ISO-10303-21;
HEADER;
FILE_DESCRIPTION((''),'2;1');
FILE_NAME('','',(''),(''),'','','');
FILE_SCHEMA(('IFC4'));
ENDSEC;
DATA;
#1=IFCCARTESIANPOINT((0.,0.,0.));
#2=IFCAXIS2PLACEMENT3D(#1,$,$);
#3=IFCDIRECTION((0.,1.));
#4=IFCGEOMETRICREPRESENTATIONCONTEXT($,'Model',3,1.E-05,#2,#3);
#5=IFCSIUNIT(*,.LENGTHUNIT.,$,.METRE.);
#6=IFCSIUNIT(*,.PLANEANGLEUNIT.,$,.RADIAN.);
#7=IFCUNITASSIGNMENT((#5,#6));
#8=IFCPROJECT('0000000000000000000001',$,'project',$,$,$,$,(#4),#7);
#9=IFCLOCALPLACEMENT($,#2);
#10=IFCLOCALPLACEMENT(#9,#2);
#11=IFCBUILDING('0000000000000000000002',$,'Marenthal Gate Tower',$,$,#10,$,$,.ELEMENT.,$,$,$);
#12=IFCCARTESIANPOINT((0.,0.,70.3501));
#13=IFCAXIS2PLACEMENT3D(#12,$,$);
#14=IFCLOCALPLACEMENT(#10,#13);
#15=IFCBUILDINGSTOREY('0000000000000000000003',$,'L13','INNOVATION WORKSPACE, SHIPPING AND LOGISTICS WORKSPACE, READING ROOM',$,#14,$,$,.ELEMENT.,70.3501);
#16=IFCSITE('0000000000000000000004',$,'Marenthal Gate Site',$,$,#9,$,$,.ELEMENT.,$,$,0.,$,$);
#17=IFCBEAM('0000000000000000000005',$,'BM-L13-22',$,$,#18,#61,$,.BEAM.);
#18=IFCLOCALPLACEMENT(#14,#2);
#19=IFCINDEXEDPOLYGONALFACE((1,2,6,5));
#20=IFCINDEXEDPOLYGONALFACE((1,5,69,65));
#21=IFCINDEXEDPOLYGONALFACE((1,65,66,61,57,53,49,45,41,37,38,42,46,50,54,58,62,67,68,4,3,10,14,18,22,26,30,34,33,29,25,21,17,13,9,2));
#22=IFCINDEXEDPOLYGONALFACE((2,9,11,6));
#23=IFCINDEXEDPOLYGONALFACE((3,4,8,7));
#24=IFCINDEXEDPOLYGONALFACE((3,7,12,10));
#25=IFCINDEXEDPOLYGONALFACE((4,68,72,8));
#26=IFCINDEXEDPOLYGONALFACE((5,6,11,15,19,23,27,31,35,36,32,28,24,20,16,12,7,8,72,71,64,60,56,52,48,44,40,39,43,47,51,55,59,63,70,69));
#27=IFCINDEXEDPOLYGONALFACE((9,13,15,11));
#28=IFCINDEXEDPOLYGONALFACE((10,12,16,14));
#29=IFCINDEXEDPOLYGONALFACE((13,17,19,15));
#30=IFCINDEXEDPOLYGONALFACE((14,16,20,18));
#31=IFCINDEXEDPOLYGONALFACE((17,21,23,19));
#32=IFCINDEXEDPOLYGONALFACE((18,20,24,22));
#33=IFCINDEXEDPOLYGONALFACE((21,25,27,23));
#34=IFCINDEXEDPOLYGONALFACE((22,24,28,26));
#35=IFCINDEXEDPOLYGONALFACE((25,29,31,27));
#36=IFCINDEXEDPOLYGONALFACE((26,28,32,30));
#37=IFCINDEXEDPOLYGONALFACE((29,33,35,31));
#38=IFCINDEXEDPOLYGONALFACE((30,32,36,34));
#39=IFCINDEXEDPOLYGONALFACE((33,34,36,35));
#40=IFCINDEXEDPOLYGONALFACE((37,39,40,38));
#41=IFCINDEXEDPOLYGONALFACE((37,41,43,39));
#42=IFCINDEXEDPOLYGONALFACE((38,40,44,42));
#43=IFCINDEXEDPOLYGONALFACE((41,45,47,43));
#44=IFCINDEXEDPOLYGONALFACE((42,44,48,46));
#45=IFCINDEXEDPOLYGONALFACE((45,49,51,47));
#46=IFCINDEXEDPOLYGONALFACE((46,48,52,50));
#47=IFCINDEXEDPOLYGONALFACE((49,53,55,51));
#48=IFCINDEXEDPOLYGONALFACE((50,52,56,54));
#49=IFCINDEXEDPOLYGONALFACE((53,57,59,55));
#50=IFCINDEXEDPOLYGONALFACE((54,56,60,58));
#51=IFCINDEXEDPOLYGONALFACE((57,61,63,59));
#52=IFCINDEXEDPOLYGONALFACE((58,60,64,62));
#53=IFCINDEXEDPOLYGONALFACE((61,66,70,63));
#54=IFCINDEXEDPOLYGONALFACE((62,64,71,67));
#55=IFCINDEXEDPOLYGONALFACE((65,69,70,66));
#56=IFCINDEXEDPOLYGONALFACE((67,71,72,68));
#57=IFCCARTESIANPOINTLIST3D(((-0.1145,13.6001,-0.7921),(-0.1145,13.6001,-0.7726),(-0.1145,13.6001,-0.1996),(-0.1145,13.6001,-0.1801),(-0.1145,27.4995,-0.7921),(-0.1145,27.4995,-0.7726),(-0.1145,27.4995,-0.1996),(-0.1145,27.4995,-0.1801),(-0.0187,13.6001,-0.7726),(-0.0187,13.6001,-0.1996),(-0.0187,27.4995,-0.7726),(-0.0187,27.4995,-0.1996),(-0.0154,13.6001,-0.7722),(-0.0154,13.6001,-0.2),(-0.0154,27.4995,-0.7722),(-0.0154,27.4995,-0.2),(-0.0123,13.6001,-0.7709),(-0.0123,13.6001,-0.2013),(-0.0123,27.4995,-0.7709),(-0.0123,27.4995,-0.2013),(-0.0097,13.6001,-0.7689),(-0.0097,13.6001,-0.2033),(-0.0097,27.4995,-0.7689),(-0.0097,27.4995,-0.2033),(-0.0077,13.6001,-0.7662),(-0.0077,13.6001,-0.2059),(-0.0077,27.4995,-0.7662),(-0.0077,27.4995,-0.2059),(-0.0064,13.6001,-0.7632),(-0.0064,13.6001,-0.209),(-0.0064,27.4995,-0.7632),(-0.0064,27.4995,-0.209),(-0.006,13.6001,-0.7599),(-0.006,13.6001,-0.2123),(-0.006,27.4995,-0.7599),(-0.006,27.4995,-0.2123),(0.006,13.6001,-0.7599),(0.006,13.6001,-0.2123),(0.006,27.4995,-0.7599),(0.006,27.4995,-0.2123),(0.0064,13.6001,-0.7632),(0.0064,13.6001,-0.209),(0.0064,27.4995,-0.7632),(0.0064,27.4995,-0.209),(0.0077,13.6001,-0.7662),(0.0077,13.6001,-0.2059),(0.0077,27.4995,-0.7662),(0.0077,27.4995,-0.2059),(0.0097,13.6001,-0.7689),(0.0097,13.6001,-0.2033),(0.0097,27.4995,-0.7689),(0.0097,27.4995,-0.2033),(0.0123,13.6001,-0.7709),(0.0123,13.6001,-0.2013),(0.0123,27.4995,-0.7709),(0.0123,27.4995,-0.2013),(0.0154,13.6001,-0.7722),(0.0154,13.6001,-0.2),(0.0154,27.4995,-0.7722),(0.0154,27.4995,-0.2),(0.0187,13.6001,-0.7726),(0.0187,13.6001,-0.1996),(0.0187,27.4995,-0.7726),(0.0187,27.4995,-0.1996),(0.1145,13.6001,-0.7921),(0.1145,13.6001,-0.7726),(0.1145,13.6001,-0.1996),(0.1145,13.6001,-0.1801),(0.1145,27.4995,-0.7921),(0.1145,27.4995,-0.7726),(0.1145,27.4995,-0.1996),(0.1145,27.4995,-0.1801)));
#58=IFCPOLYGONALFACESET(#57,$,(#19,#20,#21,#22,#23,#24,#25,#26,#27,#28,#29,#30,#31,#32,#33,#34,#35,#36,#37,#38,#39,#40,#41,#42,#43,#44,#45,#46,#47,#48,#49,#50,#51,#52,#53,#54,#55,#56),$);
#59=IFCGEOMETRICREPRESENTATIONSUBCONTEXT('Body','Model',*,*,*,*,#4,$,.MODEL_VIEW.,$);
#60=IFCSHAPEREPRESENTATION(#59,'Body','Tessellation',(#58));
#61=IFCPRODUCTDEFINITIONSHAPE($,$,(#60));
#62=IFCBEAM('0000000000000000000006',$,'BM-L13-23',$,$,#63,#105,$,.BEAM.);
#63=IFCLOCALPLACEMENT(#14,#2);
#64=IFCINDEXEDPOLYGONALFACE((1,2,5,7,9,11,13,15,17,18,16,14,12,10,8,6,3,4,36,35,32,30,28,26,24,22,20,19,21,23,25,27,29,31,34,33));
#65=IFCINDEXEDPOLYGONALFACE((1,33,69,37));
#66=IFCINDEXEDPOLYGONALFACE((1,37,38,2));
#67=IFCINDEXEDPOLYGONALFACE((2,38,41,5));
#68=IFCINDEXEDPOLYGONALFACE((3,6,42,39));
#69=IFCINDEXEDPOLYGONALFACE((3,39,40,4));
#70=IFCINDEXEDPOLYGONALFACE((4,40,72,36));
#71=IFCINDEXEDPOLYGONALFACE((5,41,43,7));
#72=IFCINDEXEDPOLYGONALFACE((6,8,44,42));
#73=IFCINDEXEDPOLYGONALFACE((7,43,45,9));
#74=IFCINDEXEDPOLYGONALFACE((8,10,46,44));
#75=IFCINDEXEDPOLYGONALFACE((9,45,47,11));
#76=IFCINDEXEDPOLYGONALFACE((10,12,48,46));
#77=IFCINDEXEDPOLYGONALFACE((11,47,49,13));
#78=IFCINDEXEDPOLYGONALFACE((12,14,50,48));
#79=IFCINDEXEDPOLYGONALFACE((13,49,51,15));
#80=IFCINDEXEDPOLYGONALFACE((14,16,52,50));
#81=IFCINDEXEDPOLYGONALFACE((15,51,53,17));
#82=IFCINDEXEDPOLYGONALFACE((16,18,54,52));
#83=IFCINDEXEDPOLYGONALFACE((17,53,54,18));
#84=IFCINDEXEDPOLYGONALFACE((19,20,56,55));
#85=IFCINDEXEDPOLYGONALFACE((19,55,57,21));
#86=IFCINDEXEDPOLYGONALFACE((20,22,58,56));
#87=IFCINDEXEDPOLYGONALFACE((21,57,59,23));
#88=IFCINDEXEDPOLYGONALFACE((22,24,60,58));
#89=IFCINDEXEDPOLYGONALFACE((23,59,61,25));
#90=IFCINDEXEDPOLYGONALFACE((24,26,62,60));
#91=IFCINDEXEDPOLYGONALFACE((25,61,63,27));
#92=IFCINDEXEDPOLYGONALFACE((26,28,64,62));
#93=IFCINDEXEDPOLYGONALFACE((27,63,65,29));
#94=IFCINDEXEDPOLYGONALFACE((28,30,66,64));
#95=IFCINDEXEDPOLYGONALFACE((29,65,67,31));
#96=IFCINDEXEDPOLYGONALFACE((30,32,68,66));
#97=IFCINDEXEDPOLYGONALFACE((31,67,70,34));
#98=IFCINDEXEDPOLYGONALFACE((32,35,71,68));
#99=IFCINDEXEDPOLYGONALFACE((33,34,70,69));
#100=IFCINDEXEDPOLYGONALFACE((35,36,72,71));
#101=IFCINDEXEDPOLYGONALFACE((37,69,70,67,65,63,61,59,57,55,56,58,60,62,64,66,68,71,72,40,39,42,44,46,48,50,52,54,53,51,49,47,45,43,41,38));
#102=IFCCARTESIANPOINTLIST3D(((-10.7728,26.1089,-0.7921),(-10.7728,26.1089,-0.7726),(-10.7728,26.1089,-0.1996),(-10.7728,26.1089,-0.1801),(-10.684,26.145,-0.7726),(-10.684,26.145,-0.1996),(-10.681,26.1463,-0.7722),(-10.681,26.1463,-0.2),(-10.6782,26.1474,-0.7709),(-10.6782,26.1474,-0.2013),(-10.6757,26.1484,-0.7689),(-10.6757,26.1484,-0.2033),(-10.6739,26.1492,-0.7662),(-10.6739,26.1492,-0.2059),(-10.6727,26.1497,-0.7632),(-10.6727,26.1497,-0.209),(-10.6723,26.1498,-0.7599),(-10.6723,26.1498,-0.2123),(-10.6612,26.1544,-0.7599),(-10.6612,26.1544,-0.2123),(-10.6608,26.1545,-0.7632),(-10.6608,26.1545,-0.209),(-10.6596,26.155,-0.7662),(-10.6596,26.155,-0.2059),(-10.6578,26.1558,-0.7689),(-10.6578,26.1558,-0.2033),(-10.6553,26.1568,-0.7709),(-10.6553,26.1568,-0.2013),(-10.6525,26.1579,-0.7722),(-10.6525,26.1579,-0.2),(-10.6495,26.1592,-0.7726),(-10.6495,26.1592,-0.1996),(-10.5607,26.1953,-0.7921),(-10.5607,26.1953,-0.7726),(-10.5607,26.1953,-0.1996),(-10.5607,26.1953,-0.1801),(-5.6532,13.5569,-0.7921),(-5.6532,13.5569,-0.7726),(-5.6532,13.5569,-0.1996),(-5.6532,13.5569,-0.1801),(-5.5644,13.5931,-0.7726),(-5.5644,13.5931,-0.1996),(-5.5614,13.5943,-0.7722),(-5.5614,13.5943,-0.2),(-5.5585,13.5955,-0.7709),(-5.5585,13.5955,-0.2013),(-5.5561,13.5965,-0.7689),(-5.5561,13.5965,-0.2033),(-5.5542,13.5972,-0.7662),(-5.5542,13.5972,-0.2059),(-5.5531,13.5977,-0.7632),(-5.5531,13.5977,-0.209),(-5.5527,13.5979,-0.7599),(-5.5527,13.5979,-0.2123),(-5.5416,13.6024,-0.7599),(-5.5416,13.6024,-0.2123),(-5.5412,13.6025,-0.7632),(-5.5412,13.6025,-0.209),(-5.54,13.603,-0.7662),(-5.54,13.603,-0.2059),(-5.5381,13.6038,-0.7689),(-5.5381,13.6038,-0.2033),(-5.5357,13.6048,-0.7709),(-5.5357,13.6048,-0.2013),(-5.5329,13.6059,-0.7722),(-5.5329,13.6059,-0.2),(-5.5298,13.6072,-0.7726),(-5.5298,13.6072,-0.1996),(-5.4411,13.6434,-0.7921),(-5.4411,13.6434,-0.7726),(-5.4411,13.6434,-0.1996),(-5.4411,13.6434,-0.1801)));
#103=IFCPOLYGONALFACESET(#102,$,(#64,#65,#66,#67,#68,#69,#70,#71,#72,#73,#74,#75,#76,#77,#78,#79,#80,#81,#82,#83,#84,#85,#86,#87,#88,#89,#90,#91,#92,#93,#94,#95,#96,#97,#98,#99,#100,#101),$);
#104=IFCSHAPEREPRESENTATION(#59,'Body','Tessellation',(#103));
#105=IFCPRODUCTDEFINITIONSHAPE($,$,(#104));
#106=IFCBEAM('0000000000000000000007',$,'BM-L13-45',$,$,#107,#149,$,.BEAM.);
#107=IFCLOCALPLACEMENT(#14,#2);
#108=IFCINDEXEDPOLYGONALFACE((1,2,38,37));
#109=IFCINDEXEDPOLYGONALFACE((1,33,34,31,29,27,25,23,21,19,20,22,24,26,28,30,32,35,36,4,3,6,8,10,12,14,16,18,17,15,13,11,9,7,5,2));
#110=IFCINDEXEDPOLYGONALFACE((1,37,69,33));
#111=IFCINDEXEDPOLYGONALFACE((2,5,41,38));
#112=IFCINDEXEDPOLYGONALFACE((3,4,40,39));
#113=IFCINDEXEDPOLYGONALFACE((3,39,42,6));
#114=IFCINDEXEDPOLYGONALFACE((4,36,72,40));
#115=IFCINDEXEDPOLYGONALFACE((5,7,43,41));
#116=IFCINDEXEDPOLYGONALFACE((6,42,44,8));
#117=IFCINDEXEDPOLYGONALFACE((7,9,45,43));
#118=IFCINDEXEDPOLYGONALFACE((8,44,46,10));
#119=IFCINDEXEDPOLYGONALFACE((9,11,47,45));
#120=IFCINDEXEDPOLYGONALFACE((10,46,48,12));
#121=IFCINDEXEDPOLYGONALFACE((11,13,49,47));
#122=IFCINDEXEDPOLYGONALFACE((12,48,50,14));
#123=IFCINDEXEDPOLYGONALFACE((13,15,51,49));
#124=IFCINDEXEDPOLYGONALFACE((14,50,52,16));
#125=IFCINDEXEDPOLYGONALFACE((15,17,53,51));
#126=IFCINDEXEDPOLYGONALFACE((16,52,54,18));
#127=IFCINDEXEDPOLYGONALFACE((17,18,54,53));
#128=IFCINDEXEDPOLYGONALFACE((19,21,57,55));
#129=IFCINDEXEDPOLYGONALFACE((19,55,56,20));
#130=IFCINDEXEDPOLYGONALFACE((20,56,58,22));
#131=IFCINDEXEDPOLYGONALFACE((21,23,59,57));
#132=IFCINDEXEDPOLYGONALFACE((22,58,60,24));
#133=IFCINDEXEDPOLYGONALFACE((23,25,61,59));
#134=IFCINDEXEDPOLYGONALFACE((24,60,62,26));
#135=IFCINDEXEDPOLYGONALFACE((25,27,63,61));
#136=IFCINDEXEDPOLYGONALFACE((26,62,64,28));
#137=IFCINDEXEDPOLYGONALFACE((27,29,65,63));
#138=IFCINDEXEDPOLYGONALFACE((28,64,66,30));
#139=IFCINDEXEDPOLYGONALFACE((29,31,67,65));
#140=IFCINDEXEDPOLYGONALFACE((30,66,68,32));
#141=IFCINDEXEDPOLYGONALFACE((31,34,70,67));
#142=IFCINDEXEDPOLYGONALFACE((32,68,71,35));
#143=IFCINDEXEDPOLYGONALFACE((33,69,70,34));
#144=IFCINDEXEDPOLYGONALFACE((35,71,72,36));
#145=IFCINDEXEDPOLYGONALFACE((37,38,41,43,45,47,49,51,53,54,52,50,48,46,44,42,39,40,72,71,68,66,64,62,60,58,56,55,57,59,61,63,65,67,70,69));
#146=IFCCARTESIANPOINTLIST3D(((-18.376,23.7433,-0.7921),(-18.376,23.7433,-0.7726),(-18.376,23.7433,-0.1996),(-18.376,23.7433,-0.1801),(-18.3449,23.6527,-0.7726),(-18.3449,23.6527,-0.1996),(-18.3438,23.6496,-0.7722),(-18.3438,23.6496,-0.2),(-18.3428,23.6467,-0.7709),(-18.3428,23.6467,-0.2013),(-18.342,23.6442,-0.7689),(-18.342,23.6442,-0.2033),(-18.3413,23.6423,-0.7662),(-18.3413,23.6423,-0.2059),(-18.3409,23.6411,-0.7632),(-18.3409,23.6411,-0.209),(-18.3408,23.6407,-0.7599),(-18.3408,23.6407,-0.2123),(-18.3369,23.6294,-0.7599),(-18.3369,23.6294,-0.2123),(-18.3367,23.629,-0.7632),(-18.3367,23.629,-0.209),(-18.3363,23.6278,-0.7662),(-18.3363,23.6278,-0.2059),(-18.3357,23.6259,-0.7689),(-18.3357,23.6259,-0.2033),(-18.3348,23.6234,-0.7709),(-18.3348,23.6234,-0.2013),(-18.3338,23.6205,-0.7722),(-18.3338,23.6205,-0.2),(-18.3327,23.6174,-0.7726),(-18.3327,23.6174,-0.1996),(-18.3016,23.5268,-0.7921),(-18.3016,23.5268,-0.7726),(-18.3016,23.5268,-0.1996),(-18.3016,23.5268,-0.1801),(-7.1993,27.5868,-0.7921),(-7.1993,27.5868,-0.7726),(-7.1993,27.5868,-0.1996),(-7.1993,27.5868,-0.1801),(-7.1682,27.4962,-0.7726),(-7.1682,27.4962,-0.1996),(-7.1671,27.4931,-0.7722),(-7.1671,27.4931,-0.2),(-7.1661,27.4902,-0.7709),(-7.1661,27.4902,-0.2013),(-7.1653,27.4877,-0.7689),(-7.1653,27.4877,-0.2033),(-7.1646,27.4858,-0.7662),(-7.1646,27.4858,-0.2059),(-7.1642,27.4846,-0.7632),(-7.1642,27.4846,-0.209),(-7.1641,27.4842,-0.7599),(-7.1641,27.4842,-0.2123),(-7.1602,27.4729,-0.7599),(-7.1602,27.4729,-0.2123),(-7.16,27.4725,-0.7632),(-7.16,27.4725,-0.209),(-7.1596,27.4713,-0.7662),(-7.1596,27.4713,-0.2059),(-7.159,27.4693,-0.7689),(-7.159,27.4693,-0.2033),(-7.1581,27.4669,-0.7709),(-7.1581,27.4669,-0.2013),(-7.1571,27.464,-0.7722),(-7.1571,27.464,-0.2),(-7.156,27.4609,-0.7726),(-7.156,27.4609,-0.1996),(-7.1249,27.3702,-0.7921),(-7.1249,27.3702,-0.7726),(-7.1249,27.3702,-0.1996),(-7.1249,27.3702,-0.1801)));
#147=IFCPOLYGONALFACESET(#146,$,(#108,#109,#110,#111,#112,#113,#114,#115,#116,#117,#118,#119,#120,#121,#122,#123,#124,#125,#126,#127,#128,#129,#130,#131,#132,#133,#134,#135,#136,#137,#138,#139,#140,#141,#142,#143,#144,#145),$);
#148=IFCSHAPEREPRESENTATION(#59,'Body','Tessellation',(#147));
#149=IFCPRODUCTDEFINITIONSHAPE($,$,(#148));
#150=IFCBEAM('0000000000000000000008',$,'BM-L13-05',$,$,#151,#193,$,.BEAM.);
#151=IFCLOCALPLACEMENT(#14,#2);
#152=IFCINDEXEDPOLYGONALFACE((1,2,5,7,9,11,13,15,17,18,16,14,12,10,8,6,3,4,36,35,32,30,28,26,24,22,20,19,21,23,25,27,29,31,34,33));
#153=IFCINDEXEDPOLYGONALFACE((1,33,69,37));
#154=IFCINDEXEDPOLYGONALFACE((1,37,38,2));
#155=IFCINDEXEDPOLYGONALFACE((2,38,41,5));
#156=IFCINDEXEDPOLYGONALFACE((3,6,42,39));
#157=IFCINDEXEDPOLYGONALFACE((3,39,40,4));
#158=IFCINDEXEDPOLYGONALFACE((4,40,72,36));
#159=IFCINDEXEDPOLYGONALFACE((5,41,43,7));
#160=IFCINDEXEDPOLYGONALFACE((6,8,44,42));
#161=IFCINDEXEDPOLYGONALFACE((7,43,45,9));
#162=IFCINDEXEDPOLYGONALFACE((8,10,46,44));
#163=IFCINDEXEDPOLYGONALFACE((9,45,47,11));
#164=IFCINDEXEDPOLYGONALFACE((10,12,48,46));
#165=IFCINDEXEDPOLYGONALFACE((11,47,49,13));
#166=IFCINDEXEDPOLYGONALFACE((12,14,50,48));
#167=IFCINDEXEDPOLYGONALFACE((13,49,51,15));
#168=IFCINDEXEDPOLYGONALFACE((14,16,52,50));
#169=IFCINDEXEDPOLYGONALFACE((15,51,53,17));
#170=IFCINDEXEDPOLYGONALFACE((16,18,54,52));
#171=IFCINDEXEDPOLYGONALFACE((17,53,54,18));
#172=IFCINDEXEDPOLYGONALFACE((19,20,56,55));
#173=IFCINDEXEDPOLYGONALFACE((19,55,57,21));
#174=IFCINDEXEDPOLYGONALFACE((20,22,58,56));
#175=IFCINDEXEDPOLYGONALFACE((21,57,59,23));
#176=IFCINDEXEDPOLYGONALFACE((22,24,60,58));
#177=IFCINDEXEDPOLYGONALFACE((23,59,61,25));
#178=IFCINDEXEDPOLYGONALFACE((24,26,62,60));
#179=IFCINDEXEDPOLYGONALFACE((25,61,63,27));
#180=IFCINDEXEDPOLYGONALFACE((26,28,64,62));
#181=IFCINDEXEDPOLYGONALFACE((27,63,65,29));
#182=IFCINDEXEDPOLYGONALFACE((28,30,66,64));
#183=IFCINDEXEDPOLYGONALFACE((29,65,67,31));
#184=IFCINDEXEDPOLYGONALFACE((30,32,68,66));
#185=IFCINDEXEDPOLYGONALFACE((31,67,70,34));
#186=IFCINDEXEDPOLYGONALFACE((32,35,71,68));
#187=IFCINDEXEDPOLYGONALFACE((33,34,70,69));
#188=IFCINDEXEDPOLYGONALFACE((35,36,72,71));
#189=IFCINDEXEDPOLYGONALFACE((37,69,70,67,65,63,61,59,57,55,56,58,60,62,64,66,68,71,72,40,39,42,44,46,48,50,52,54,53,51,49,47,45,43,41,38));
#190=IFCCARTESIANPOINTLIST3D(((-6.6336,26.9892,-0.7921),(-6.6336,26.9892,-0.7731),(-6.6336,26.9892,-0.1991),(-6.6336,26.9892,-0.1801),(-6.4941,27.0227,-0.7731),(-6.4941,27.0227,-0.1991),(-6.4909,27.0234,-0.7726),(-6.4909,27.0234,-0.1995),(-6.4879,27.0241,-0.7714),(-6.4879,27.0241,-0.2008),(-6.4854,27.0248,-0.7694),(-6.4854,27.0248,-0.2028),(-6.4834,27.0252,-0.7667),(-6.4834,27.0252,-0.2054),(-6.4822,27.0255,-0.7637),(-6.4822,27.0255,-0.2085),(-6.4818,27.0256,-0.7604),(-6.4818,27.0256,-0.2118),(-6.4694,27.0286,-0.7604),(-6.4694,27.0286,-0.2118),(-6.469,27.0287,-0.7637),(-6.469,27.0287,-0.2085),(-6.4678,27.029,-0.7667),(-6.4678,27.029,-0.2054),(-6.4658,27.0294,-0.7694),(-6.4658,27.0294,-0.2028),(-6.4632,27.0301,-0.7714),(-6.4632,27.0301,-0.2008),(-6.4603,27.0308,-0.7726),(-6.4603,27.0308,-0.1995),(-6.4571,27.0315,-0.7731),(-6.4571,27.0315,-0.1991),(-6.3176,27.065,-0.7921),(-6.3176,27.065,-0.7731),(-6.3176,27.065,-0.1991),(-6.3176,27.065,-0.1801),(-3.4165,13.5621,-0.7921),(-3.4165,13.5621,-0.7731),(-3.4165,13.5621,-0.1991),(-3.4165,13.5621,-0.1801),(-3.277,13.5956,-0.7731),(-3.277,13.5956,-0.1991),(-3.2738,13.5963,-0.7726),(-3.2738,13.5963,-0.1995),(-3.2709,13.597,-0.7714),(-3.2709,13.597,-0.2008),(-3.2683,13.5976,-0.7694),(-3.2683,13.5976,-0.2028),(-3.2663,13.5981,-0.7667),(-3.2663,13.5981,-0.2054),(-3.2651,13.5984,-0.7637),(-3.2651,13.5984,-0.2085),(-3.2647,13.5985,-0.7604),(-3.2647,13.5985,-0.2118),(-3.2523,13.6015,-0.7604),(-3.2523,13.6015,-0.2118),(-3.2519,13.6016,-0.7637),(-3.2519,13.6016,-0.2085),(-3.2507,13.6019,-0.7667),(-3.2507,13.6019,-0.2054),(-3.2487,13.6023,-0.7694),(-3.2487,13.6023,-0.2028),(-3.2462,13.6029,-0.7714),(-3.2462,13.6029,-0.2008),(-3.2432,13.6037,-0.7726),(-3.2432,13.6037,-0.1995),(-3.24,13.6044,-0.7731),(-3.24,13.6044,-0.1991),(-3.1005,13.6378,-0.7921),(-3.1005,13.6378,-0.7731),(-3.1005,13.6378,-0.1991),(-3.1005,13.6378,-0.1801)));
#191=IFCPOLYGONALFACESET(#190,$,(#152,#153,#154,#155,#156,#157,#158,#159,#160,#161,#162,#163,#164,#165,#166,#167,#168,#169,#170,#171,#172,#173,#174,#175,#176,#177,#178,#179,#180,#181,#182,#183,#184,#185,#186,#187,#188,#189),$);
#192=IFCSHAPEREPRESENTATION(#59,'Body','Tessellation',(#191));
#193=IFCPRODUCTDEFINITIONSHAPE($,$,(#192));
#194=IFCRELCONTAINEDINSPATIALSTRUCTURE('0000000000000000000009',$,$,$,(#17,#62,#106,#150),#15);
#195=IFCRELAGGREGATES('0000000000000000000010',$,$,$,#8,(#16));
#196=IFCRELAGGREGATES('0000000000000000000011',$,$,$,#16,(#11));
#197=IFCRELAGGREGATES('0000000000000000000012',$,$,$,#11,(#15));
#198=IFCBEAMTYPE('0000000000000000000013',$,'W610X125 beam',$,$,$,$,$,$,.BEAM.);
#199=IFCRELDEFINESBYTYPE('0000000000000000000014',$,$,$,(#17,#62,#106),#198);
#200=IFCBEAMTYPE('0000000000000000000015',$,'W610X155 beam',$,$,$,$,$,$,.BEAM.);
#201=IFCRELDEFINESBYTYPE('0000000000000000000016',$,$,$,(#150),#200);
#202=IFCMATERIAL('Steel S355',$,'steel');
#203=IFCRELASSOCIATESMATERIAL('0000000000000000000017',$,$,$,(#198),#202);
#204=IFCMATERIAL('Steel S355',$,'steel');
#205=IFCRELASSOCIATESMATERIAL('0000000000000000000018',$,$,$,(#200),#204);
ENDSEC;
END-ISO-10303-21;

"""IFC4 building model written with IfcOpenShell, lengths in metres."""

from ifc_helpers import new_model, si_unit, direction, frame, origin, origin_2d, place, context, subcontext, project, spatial, i_section, extrude, material, material_profile, profile_set, type_object, element, save


model = new_model("IFC4")

# Units and contexts
model_context = context("Model", 3, precision=1e-05, world=origin(), true_north=direction((0.0, 1.0)))
body_context = subcontext(model_context, "Body", "Model", "MODEL_VIEW")
ifc_project = project(units=[si_unit("LENGTHUNIT", "METRE"), si_unit("PLANEANGLEUNIT", "RADIAN")], contexts=[model_context])

# Site, building, storey
site_placement = place(None, origin())
site = spatial("IfcSite", under=ifc_project, at=site_placement, Name="Marenthal Gate Site", CompositionType="ELEMENT", RefElevation=0.0)
building_placement = place(site_placement, origin())
building = spatial("IfcBuilding", under=site, at=building_placement, Name="Marenthal Gate Tower", CompositionType="ELEMENT")
storey_placement = place(building_placement, frame((0.0, 0.0, 70.3501)))
storey = spatial("IfcBuildingStorey", under=building, at=storey_placement, Name="L13", Description="INNOVATION WORKSPACE, SHIPPING AND LOGISTICS WORKSPACE, READING ROOM", CompositionType="ELEMENT", Elevation=70.3501)

# Beams
ifc_material_1 = material(Name="Steel S355", Category="steel")
ifc_material_profile_1 = material_profile(ifc_material_1, i_section(OverallWidth=0.229, OverallDepth=0.6121, WebThickness=0.012, FlangeThickness=0.0195, FilletRadius=0.0127, at=origin_2d()), Name="W610X125")
ifc_profile_set_1 = profile_set([ifc_material_profile_1], Name="Steel S355")
beam_type_1 = type_object("IfcBeamType", Name="W610X125 beam", PredefinedType="BEAM", material=ifc_profile_set_1)
beam_1_placement = place(storey_placement, frame((0.0, 27.4995, -0.4861), z_axis=(0.0, -1.0, 0.0), x_axis=(1.0, 0.0, 0.0)))
element("IfcBeam", 1, at=beam_1_placement, inside=storey, type_object=beam_type_1, Name="BM-L13-22", PredefinedType="BEAM", context=body_context, shape_type="SweptSolid", body=[
    extrude(i_section(OverallWidth=0.229, OverallDepth=0.6121, WebThickness=0.012, FlangeThickness=0.0195, FilletRadius=0.0127, at=origin_2d()), origin(), (0.0, 0.0, 1.0), 13.8994),
])
beam_2_placement = place(storey_placement, frame((-10.6667, 26.1521, -0.4861), z_axis=(0.377667, -0.925941, 0.0), x_axis=(0.925941, 0.377667, 0.0)))
element("IfcBeam", 2, at=beam_2_placement, inside=storey, type_object=beam_type_1, Name="BM-L13-23", PredefinedType="BEAM", context=body_context, shape_type="SweptSolid", body=[
    extrude(i_section(OverallWidth=0.229, OverallDepth=0.6121, WebThickness=0.012, FlangeThickness=0.0195, FilletRadius=0.0127, at=origin_2d()), origin(), (0.0, 0.0, 1.0), 13.5559),
])
beam_3_placement = place(storey_placement, frame((-7.1621, 27.4785, -0.4861), z_axis=(-0.945648, -0.325193, 0.0), x_axis=(0.325193, -0.945648, 0.0)))
element("IfcBeam", 3, at=beam_3_placement, inside=storey, type_object=beam_type_1, Name="BM-L13-45", PredefinedType="BEAM", context=body_context, shape_type="SweptSolid", body=[
    extrude(i_section(OverallWidth=0.229, OverallDepth=0.6121, WebThickness=0.012, FlangeThickness=0.0195, FilletRadius=0.0127, at=origin_2d()), origin(), (0.0, 0.0, 1.0), 11.8191),
])
ifc_material_2 = material(Name="Steel S355", Category="steel")
ifc_material_profile_2 = material_profile(ifc_material_2, i_section(OverallWidth=0.325, OverallDepth=0.6121, WebThickness=0.0127, FlangeThickness=0.019, FilletRadius=0.0127, at=origin_2d()), Name="W610X155")
ifc_profile_set_2 = profile_set([ifc_material_profile_2], Name="Steel S355")
beam_type_2 = type_object("IfcBeamType", Name="W610X155 beam", PredefinedType="BEAM", material=ifc_profile_set_2)
beam_4_placement = place(storey_placement, frame((-6.4756, 27.0271, -0.4861), z_axis=(0.233, -0.972477, 0.0), x_axis=(0.972477, 0.233, 0.0)))
element("IfcBeam", 4, at=beam_4_placement, inside=storey, type_object=beam_type_2, Name="BM-L13-05", PredefinedType="BEAM", context=body_context, shape_type="SweptSolid", body=[
    extrude(i_section(OverallWidth=0.325, OverallDepth=0.6121, WebThickness=0.0127, FlangeThickness=0.019, FilletRadius=0.0127, at=origin_2d()), origin(), (0.0, 0.0, 1.0), 13.8071),
])

save(model, "model.ifc")
